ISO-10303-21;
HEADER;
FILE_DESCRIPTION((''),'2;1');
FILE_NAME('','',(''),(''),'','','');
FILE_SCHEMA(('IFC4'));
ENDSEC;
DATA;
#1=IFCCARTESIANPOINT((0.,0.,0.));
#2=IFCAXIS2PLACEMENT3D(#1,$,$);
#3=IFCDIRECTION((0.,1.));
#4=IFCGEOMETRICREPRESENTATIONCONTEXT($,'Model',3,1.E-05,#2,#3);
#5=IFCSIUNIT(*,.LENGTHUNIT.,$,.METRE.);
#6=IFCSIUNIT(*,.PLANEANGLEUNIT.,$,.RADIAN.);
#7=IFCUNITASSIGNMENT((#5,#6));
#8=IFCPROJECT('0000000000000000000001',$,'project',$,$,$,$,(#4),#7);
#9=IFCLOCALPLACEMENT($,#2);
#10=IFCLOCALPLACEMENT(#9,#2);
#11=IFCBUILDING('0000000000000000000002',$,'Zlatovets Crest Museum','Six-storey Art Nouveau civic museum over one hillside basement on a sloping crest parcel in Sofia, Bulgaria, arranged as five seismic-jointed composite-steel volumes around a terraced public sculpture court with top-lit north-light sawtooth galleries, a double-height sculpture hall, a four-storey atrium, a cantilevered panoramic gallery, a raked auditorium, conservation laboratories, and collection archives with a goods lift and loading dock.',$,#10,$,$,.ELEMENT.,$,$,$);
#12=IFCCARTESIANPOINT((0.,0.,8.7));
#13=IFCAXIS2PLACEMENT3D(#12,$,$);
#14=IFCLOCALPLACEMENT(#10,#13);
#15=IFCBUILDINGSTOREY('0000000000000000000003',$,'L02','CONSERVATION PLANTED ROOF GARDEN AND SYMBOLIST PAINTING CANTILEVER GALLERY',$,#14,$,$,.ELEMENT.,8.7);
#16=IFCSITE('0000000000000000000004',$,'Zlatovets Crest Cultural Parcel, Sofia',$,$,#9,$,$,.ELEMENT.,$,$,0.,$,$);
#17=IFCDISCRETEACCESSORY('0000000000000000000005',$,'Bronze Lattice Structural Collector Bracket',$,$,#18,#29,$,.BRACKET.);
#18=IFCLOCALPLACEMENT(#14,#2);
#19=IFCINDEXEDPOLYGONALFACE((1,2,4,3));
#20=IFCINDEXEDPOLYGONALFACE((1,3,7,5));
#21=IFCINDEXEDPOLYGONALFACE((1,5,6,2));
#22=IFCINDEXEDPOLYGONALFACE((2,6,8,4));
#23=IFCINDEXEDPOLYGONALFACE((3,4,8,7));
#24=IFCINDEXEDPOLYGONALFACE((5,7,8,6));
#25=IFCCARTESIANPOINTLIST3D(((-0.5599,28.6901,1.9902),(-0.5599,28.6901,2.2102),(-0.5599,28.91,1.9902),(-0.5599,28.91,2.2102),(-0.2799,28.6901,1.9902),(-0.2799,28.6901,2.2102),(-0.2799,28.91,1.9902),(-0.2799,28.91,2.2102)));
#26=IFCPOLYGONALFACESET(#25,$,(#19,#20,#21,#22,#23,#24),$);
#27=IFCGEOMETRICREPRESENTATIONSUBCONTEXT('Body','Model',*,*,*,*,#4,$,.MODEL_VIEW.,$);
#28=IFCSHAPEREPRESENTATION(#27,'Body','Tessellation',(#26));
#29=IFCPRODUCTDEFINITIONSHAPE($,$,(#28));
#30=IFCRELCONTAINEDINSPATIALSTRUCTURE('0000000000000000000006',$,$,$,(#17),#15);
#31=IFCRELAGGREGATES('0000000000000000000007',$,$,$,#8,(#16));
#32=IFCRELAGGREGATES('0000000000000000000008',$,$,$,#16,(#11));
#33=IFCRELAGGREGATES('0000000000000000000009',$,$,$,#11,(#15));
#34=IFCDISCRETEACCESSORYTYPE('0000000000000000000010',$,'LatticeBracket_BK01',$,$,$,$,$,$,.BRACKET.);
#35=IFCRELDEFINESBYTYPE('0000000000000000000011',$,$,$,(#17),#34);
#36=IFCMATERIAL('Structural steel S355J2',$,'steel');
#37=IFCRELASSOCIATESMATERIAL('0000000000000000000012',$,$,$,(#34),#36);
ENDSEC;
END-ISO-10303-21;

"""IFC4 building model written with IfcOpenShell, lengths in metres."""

from ifc_helpers import new_model, si_unit, direction, frame, origin, origin_2d, place, context, subcontext, project, spatial, rectangle, extrude, material, type_object, element, save


model = new_model("IFC4")

# Units and contexts
model_context = context("Model", 3, precision=1e-05, world=origin(), true_north=direction((0.0, 1.0)))
body_context = subcontext(model_context, "Body", "Model", "MODEL_VIEW")
ifc_project = project(units=[si_unit("LENGTHUNIT", "METRE"), si_unit("PLANEANGLEUNIT", "RADIAN")], contexts=[model_context])

# Site, building, storey
site_placement = place(None, origin())
site = spatial("IfcSite", under=ifc_project, at=site_placement, Name="Zlatovets Crest Cultural Parcel, Sofia", CompositionType="ELEMENT", RefElevation=0.0)
building_placement = place(site_placement, origin())
building = spatial("IfcBuilding", under=site, at=building_placement, Name="Zlatovets Crest Museum", Description="Six-storey Art Nouveau civic museum over one hillside basement on a sloping crest parcel in Sofia, Bulgaria, arranged as five seismic-jointed composite-steel volumes around a terraced public sculpture court with top-lit north-light sawtooth galleries, a double-height sculpture hall, a four-storey atrium, a cantilevered panoramic gallery, a raked auditorium, conservation laboratories, and collection archives with a goods lift and loading dock.", CompositionType="ELEMENT")
storey_placement = place(building_placement, frame((0.0, 0.0, 8.7)))
storey = spatial("IfcBuildingStorey", under=building, at=storey_placement, Name="L02", Description="CONSERVATION PLANTED ROOF GARDEN AND SYMBOLIST PAINTING CANTILEVER GALLERY", CompositionType="ELEMENT", Elevation=8.7)

# Shared definitions
ifc_material_1 = material(Name="Structural steel S355J2", Category="steel")

# Discrete accessory
discrete_accessory_type = type_object("IfcDiscreteAccessoryType", Name="LatticeBracket_BK01", PredefinedType="BRACKET", material=ifc_material_1)
for number, where, z_axis, x_axis, name in (
    (1, (-0.4199, 28.8, 1.9902), (0.0, 0.0, 1.0), (1.0, 0.0, 0.0), "Bronze Lattice Structural Collector Bracket"),
):
    element("IfcDiscreteAccessory", number, at=place(storey_placement, frame(where, z_axis=z_axis, x_axis=x_axis)), inside=storey, type_object=discrete_accessory_type, Name=name, PredefinedType="BRACKET", context=body_context, shape_type="SweptSolid", body=[
        extrude(rectangle(XDim=0.28, YDim=0.22, at=origin_2d()), origin(), (0.0, 0.0, 1.0), 0.22),
    ])

save(model, "model.ifc")
